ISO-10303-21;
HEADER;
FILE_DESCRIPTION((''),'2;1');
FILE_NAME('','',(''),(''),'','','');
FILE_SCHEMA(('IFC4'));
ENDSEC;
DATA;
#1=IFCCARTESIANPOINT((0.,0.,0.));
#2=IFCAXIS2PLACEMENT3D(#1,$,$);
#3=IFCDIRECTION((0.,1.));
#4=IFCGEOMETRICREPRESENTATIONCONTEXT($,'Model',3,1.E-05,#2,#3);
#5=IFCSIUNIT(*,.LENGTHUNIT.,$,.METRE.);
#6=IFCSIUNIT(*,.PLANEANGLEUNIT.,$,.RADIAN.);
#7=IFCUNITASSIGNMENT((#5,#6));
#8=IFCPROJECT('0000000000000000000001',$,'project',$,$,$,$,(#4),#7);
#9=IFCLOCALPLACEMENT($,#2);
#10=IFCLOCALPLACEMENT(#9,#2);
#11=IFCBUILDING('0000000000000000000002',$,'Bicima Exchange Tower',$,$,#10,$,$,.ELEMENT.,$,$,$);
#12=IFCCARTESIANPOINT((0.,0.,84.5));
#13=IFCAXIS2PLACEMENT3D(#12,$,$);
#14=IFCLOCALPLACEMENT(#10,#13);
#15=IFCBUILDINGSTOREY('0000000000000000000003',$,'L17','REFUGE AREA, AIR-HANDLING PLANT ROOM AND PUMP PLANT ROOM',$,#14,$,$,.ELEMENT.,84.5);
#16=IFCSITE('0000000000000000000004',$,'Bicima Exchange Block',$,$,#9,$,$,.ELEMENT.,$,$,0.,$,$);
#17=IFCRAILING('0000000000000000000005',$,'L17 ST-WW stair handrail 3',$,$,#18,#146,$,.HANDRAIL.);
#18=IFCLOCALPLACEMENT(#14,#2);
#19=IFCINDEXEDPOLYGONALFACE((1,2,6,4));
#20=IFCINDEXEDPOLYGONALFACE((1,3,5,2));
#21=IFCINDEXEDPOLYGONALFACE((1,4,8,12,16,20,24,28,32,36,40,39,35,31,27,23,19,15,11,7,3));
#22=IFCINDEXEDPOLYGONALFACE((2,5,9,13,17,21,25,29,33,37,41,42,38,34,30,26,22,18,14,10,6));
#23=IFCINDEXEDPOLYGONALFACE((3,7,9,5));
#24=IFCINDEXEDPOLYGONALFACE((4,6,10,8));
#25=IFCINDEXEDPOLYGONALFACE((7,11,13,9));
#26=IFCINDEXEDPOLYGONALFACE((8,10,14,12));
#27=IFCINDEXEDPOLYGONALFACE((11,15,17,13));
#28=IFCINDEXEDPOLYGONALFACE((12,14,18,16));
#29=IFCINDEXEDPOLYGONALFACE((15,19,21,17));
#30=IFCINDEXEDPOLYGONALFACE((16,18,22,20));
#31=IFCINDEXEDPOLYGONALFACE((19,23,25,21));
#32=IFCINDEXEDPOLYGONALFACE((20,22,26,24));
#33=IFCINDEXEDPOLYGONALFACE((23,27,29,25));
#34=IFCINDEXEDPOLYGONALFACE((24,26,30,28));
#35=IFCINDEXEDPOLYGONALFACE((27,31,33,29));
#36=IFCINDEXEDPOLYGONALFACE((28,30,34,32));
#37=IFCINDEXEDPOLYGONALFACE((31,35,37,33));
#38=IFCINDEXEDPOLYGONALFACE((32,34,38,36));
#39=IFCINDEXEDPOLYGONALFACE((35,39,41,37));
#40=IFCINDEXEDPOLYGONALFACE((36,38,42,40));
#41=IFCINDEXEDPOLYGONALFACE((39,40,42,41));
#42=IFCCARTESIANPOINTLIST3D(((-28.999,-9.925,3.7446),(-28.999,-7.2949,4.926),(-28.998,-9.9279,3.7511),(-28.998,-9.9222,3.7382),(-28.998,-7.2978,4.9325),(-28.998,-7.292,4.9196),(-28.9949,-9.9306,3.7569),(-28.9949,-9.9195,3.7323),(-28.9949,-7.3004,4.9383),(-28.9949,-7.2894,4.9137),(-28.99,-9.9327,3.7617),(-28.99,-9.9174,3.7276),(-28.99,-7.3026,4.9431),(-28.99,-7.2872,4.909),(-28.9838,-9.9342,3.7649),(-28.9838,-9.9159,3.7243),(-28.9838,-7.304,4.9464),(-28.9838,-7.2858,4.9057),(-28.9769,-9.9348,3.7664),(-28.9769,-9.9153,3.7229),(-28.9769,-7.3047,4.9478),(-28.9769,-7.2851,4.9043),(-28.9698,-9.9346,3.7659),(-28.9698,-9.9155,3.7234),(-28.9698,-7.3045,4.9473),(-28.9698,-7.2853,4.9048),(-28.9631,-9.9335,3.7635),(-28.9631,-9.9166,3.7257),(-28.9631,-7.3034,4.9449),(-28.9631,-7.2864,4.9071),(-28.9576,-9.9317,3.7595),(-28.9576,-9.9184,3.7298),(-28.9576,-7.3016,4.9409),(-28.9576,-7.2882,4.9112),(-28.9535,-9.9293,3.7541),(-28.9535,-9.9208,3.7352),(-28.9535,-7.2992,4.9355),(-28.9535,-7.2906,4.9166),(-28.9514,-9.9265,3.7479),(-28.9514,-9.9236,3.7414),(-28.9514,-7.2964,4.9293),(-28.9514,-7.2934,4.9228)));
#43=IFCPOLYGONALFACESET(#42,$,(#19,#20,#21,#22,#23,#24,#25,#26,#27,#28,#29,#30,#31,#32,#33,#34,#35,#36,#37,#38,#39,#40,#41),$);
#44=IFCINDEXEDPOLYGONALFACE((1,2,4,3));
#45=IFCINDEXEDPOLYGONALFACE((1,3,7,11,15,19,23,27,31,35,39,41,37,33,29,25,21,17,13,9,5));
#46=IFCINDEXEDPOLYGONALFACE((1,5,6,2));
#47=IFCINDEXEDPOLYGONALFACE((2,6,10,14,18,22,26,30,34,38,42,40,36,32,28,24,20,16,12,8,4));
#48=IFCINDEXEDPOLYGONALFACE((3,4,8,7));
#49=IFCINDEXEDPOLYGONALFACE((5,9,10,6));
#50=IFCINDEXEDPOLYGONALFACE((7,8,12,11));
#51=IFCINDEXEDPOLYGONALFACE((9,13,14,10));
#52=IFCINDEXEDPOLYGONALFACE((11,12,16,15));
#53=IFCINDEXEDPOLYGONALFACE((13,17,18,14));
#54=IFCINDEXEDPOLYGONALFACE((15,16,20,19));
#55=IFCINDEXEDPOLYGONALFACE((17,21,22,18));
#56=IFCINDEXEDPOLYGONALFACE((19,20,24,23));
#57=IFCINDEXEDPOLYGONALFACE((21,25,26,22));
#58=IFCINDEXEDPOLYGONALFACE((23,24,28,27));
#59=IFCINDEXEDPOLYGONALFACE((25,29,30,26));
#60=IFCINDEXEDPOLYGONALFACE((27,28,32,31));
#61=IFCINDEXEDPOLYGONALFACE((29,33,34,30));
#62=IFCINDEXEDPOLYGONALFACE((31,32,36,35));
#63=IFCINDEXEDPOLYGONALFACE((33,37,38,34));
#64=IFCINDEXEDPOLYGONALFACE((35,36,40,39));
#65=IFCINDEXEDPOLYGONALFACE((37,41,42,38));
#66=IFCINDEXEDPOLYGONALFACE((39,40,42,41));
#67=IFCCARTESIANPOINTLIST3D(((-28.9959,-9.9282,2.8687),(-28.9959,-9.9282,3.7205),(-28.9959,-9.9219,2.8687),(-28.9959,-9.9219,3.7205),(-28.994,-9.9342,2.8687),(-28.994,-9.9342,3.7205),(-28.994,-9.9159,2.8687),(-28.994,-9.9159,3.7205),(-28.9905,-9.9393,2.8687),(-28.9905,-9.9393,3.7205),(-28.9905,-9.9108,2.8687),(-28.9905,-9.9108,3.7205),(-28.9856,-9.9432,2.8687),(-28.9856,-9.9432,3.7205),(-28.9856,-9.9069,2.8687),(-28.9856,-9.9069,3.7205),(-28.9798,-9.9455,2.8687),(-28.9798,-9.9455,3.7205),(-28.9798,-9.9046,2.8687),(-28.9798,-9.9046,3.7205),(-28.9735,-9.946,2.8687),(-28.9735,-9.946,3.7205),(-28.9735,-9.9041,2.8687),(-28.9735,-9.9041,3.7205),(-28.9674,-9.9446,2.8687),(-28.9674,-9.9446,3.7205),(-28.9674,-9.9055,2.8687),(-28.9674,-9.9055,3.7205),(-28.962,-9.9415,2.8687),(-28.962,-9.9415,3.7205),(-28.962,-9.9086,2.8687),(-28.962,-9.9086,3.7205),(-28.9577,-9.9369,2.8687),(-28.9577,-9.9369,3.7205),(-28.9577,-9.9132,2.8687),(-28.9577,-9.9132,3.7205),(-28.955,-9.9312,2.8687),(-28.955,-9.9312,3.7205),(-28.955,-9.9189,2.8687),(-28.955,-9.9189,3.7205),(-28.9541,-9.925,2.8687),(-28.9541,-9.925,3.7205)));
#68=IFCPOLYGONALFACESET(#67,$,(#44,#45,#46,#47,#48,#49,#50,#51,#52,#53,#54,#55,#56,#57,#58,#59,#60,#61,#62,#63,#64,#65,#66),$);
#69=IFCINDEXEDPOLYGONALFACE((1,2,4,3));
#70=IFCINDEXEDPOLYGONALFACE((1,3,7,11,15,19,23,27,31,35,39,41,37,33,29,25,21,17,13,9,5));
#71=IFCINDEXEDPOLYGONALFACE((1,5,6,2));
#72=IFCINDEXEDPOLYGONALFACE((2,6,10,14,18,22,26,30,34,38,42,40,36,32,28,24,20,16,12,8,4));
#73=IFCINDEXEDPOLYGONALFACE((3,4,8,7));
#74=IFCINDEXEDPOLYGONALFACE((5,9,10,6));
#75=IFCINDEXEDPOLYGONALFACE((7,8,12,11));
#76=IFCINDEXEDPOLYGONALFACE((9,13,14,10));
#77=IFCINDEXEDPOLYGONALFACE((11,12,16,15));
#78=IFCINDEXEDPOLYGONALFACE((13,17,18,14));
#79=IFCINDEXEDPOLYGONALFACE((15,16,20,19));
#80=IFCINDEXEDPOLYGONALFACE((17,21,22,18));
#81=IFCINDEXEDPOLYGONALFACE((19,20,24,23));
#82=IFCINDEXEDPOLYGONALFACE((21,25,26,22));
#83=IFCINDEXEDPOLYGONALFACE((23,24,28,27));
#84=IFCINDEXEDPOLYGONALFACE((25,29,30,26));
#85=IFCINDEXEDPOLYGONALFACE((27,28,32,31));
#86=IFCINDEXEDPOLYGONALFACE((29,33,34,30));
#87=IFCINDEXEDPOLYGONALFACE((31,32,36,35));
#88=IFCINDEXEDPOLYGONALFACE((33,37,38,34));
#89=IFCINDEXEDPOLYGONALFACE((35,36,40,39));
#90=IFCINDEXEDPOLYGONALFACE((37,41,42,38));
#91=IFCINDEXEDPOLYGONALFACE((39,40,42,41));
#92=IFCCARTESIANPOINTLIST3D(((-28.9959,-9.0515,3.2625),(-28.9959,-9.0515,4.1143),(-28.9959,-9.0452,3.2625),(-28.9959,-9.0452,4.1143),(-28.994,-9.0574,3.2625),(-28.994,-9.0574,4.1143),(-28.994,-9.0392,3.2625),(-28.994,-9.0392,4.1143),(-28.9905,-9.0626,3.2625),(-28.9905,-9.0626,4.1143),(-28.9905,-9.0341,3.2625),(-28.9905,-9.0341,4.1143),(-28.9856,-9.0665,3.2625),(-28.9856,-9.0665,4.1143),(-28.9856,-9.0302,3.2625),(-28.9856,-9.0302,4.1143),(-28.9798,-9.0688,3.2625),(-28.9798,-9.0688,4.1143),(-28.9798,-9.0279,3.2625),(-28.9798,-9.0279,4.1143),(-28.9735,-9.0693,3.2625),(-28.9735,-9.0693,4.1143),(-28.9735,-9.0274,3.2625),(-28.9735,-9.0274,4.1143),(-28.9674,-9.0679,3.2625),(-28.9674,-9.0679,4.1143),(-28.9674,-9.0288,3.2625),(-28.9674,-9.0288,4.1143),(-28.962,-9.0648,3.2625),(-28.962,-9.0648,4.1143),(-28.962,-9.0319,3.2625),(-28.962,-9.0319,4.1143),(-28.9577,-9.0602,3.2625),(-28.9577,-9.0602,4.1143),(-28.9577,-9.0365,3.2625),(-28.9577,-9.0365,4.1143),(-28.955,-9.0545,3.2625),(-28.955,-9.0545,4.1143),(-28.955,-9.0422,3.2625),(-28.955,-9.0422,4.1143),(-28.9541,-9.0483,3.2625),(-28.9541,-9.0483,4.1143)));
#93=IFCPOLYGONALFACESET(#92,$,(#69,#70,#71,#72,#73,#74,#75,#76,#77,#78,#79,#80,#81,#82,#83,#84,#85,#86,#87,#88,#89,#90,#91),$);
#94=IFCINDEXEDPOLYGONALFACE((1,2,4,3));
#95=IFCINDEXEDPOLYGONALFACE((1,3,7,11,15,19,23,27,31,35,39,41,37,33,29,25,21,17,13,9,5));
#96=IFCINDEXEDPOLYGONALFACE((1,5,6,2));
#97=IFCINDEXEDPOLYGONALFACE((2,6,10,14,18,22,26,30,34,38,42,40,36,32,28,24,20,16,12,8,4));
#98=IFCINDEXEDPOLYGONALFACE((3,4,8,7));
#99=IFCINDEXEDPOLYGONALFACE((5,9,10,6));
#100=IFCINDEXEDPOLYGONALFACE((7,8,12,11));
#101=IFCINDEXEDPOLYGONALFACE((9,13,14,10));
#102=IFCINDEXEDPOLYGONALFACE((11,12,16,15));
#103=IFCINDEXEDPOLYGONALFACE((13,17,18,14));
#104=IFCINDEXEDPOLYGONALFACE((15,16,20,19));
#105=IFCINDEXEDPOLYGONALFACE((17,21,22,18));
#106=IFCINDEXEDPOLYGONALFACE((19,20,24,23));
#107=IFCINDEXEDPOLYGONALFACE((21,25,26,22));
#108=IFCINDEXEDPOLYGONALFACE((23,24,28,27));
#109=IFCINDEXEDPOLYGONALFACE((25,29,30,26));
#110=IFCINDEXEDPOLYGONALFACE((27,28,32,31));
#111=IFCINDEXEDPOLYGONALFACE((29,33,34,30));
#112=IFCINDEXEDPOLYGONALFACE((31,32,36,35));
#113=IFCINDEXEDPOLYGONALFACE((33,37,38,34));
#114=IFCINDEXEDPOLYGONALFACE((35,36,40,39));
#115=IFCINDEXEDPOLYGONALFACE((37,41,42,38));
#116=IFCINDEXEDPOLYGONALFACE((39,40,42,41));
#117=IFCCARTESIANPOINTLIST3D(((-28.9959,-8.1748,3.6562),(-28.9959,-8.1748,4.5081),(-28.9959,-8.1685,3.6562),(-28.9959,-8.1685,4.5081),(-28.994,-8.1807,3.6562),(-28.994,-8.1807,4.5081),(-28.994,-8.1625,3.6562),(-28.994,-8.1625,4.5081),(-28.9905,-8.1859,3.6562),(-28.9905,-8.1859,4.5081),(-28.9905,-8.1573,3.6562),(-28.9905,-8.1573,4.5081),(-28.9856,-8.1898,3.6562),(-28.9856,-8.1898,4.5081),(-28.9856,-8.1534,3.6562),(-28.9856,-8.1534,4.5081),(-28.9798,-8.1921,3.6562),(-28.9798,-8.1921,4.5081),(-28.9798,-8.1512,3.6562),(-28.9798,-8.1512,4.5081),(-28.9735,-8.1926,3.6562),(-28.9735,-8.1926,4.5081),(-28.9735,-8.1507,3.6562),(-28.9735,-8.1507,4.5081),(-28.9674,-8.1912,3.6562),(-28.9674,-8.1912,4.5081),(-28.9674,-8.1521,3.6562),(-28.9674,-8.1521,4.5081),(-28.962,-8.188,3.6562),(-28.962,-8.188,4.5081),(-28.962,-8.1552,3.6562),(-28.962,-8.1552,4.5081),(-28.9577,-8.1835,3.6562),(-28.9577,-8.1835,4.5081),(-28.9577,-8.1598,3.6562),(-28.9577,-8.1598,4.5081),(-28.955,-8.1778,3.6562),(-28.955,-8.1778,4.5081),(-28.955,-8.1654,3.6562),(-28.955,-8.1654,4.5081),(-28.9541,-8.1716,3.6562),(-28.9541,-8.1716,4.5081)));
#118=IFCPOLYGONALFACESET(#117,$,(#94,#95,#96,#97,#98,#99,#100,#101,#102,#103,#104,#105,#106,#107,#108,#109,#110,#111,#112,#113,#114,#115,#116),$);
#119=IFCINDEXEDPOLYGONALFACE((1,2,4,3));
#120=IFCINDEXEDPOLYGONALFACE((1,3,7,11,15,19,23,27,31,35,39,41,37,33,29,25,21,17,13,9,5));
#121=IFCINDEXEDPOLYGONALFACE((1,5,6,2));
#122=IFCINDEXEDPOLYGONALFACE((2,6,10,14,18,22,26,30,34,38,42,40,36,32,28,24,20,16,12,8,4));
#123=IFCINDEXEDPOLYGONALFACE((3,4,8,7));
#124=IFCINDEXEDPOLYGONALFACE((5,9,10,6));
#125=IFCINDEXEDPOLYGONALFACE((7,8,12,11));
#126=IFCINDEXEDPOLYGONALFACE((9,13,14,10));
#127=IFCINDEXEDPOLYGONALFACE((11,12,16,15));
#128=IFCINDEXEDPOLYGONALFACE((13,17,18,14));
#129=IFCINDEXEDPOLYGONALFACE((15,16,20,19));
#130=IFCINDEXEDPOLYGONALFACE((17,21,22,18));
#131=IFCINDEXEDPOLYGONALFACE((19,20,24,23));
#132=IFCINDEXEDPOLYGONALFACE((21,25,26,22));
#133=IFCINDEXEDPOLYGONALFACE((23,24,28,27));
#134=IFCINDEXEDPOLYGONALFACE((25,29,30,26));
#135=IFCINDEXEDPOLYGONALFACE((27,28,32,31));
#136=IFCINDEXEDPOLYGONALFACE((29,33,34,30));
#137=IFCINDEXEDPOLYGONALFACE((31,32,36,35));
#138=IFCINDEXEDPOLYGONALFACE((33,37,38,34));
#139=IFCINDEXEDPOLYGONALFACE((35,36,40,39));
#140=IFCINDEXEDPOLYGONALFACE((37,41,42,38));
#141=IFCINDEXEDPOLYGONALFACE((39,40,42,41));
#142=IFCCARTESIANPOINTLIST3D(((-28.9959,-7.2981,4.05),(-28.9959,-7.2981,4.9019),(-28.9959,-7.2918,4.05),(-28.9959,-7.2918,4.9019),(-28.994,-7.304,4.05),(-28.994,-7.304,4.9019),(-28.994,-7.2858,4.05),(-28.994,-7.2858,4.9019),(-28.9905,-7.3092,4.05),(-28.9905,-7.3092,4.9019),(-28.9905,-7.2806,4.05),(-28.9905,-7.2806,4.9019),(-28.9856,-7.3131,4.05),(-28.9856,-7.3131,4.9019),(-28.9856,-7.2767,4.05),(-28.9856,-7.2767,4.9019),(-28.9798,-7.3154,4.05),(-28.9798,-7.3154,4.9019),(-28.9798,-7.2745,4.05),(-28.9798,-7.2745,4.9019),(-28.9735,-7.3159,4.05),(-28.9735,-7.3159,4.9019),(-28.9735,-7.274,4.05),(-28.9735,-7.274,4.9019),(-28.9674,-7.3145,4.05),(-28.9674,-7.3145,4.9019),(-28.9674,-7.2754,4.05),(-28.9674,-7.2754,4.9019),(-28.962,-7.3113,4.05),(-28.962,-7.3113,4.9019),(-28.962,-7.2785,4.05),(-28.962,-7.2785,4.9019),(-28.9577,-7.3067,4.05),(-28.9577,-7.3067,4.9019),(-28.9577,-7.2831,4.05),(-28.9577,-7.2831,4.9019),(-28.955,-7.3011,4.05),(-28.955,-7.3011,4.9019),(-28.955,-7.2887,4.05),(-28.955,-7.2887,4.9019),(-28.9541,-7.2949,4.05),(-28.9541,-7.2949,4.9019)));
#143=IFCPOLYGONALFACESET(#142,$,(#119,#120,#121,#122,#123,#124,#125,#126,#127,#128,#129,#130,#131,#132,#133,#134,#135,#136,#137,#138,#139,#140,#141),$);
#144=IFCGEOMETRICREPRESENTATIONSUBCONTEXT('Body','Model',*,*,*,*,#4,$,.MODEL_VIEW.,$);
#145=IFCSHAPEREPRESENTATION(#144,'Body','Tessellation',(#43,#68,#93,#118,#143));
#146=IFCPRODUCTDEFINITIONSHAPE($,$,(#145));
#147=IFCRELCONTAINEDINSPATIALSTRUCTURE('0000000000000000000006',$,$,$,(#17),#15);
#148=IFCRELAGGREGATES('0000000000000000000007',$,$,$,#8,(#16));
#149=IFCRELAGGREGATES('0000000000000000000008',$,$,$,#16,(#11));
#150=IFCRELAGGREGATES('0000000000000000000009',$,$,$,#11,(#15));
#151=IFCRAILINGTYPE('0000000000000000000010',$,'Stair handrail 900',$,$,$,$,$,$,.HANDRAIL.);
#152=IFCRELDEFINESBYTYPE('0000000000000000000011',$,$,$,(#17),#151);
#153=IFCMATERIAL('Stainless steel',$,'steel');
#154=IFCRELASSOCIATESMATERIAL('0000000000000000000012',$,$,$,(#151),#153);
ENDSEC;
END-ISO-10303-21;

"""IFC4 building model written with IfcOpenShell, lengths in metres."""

from ifc_helpers import new_model, si_unit, direction, frame, origin, origin_2d, place, context, subcontext, project, spatial, circle, extrude, material, type_object, element, save


model = new_model("IFC4")

# Units and contexts
model_context = context("Model", 3, precision=1e-05, world=origin(), true_north=direction((0.0, 1.0)))
body_context = subcontext(model_context, "Body", "Model", "MODEL_VIEW")
ifc_project = project(units=[si_unit("LENGTHUNIT", "METRE"), si_unit("PLANEANGLEUNIT", "RADIAN")], contexts=[model_context])

# Site, building, storey
site_placement = place(None, origin())
site = spatial("IfcSite", under=ifc_project, at=site_placement, Name="Bicima Exchange Block", CompositionType="ELEMENT", RefElevation=0.0)
building_placement = place(site_placement, origin())
building = spatial("IfcBuilding", under=site, at=building_placement, Name="Bicima Exchange Tower", CompositionType="ELEMENT")
storey_placement = place(building_placement, frame((0.0, 0.0, 84.5)))
storey = spatial("IfcBuildingStorey", under=building, at=storey_placement, Name="L17", Description="REFUGE AREA, AIR-HANDLING PLANT ROOM AND PUMP PLANT ROOM", CompositionType="ELEMENT", Elevation=84.5)

# Railing
ifc_material_1 = material(Name="Stainless steel", Category="steel")
railing_type_1 = type_object("IfcRailingType", Name="Stair handrail 900", PredefinedType="HANDRAIL", material=ifc_material_1)
railing_1_placement = place(storey_placement, frame((-28.9751, -9.925, 2.8687)))
element("IfcRailing", 1, at=railing_1_placement, inside=storey, type_object=railing_type_1, Name="L17 ST-WW stair handrail 3", PredefinedType="HANDRAIL", context=body_context, shape_type="SweptSolid", body=[
    extrude(circle(Radius=0.0239, at=origin_2d()), frame((0.0, 0.0, 0.876), z_axis=(0.0, 0.912202, 0.409741), x_axis=(-1.0, 0.0, 0.0)), (0.0, 0.0, 1.0), 2.8833),
    extrude(circle(Radius=0.021, at=origin_2d()), origin(), (0.0, 0.0, 1.0), 0.8518),
    extrude(circle(Radius=0.021, at=origin_2d()), frame((0.0, 0.8767, 0.3938)), (0.0, 0.0, 1.0), 0.8518),
    extrude(circle(Radius=0.021, at=origin_2d()), frame((0.0, 1.7534, 0.7876)), (0.0, 0.0, 1.0), 0.8518),
    extrude(circle(Radius=0.021, at=origin_2d()), frame((0.0, 2.6301, 1.1814)), (0.0, 0.0, 1.0), 0.8518),
])

save(model, "model.ifc")
